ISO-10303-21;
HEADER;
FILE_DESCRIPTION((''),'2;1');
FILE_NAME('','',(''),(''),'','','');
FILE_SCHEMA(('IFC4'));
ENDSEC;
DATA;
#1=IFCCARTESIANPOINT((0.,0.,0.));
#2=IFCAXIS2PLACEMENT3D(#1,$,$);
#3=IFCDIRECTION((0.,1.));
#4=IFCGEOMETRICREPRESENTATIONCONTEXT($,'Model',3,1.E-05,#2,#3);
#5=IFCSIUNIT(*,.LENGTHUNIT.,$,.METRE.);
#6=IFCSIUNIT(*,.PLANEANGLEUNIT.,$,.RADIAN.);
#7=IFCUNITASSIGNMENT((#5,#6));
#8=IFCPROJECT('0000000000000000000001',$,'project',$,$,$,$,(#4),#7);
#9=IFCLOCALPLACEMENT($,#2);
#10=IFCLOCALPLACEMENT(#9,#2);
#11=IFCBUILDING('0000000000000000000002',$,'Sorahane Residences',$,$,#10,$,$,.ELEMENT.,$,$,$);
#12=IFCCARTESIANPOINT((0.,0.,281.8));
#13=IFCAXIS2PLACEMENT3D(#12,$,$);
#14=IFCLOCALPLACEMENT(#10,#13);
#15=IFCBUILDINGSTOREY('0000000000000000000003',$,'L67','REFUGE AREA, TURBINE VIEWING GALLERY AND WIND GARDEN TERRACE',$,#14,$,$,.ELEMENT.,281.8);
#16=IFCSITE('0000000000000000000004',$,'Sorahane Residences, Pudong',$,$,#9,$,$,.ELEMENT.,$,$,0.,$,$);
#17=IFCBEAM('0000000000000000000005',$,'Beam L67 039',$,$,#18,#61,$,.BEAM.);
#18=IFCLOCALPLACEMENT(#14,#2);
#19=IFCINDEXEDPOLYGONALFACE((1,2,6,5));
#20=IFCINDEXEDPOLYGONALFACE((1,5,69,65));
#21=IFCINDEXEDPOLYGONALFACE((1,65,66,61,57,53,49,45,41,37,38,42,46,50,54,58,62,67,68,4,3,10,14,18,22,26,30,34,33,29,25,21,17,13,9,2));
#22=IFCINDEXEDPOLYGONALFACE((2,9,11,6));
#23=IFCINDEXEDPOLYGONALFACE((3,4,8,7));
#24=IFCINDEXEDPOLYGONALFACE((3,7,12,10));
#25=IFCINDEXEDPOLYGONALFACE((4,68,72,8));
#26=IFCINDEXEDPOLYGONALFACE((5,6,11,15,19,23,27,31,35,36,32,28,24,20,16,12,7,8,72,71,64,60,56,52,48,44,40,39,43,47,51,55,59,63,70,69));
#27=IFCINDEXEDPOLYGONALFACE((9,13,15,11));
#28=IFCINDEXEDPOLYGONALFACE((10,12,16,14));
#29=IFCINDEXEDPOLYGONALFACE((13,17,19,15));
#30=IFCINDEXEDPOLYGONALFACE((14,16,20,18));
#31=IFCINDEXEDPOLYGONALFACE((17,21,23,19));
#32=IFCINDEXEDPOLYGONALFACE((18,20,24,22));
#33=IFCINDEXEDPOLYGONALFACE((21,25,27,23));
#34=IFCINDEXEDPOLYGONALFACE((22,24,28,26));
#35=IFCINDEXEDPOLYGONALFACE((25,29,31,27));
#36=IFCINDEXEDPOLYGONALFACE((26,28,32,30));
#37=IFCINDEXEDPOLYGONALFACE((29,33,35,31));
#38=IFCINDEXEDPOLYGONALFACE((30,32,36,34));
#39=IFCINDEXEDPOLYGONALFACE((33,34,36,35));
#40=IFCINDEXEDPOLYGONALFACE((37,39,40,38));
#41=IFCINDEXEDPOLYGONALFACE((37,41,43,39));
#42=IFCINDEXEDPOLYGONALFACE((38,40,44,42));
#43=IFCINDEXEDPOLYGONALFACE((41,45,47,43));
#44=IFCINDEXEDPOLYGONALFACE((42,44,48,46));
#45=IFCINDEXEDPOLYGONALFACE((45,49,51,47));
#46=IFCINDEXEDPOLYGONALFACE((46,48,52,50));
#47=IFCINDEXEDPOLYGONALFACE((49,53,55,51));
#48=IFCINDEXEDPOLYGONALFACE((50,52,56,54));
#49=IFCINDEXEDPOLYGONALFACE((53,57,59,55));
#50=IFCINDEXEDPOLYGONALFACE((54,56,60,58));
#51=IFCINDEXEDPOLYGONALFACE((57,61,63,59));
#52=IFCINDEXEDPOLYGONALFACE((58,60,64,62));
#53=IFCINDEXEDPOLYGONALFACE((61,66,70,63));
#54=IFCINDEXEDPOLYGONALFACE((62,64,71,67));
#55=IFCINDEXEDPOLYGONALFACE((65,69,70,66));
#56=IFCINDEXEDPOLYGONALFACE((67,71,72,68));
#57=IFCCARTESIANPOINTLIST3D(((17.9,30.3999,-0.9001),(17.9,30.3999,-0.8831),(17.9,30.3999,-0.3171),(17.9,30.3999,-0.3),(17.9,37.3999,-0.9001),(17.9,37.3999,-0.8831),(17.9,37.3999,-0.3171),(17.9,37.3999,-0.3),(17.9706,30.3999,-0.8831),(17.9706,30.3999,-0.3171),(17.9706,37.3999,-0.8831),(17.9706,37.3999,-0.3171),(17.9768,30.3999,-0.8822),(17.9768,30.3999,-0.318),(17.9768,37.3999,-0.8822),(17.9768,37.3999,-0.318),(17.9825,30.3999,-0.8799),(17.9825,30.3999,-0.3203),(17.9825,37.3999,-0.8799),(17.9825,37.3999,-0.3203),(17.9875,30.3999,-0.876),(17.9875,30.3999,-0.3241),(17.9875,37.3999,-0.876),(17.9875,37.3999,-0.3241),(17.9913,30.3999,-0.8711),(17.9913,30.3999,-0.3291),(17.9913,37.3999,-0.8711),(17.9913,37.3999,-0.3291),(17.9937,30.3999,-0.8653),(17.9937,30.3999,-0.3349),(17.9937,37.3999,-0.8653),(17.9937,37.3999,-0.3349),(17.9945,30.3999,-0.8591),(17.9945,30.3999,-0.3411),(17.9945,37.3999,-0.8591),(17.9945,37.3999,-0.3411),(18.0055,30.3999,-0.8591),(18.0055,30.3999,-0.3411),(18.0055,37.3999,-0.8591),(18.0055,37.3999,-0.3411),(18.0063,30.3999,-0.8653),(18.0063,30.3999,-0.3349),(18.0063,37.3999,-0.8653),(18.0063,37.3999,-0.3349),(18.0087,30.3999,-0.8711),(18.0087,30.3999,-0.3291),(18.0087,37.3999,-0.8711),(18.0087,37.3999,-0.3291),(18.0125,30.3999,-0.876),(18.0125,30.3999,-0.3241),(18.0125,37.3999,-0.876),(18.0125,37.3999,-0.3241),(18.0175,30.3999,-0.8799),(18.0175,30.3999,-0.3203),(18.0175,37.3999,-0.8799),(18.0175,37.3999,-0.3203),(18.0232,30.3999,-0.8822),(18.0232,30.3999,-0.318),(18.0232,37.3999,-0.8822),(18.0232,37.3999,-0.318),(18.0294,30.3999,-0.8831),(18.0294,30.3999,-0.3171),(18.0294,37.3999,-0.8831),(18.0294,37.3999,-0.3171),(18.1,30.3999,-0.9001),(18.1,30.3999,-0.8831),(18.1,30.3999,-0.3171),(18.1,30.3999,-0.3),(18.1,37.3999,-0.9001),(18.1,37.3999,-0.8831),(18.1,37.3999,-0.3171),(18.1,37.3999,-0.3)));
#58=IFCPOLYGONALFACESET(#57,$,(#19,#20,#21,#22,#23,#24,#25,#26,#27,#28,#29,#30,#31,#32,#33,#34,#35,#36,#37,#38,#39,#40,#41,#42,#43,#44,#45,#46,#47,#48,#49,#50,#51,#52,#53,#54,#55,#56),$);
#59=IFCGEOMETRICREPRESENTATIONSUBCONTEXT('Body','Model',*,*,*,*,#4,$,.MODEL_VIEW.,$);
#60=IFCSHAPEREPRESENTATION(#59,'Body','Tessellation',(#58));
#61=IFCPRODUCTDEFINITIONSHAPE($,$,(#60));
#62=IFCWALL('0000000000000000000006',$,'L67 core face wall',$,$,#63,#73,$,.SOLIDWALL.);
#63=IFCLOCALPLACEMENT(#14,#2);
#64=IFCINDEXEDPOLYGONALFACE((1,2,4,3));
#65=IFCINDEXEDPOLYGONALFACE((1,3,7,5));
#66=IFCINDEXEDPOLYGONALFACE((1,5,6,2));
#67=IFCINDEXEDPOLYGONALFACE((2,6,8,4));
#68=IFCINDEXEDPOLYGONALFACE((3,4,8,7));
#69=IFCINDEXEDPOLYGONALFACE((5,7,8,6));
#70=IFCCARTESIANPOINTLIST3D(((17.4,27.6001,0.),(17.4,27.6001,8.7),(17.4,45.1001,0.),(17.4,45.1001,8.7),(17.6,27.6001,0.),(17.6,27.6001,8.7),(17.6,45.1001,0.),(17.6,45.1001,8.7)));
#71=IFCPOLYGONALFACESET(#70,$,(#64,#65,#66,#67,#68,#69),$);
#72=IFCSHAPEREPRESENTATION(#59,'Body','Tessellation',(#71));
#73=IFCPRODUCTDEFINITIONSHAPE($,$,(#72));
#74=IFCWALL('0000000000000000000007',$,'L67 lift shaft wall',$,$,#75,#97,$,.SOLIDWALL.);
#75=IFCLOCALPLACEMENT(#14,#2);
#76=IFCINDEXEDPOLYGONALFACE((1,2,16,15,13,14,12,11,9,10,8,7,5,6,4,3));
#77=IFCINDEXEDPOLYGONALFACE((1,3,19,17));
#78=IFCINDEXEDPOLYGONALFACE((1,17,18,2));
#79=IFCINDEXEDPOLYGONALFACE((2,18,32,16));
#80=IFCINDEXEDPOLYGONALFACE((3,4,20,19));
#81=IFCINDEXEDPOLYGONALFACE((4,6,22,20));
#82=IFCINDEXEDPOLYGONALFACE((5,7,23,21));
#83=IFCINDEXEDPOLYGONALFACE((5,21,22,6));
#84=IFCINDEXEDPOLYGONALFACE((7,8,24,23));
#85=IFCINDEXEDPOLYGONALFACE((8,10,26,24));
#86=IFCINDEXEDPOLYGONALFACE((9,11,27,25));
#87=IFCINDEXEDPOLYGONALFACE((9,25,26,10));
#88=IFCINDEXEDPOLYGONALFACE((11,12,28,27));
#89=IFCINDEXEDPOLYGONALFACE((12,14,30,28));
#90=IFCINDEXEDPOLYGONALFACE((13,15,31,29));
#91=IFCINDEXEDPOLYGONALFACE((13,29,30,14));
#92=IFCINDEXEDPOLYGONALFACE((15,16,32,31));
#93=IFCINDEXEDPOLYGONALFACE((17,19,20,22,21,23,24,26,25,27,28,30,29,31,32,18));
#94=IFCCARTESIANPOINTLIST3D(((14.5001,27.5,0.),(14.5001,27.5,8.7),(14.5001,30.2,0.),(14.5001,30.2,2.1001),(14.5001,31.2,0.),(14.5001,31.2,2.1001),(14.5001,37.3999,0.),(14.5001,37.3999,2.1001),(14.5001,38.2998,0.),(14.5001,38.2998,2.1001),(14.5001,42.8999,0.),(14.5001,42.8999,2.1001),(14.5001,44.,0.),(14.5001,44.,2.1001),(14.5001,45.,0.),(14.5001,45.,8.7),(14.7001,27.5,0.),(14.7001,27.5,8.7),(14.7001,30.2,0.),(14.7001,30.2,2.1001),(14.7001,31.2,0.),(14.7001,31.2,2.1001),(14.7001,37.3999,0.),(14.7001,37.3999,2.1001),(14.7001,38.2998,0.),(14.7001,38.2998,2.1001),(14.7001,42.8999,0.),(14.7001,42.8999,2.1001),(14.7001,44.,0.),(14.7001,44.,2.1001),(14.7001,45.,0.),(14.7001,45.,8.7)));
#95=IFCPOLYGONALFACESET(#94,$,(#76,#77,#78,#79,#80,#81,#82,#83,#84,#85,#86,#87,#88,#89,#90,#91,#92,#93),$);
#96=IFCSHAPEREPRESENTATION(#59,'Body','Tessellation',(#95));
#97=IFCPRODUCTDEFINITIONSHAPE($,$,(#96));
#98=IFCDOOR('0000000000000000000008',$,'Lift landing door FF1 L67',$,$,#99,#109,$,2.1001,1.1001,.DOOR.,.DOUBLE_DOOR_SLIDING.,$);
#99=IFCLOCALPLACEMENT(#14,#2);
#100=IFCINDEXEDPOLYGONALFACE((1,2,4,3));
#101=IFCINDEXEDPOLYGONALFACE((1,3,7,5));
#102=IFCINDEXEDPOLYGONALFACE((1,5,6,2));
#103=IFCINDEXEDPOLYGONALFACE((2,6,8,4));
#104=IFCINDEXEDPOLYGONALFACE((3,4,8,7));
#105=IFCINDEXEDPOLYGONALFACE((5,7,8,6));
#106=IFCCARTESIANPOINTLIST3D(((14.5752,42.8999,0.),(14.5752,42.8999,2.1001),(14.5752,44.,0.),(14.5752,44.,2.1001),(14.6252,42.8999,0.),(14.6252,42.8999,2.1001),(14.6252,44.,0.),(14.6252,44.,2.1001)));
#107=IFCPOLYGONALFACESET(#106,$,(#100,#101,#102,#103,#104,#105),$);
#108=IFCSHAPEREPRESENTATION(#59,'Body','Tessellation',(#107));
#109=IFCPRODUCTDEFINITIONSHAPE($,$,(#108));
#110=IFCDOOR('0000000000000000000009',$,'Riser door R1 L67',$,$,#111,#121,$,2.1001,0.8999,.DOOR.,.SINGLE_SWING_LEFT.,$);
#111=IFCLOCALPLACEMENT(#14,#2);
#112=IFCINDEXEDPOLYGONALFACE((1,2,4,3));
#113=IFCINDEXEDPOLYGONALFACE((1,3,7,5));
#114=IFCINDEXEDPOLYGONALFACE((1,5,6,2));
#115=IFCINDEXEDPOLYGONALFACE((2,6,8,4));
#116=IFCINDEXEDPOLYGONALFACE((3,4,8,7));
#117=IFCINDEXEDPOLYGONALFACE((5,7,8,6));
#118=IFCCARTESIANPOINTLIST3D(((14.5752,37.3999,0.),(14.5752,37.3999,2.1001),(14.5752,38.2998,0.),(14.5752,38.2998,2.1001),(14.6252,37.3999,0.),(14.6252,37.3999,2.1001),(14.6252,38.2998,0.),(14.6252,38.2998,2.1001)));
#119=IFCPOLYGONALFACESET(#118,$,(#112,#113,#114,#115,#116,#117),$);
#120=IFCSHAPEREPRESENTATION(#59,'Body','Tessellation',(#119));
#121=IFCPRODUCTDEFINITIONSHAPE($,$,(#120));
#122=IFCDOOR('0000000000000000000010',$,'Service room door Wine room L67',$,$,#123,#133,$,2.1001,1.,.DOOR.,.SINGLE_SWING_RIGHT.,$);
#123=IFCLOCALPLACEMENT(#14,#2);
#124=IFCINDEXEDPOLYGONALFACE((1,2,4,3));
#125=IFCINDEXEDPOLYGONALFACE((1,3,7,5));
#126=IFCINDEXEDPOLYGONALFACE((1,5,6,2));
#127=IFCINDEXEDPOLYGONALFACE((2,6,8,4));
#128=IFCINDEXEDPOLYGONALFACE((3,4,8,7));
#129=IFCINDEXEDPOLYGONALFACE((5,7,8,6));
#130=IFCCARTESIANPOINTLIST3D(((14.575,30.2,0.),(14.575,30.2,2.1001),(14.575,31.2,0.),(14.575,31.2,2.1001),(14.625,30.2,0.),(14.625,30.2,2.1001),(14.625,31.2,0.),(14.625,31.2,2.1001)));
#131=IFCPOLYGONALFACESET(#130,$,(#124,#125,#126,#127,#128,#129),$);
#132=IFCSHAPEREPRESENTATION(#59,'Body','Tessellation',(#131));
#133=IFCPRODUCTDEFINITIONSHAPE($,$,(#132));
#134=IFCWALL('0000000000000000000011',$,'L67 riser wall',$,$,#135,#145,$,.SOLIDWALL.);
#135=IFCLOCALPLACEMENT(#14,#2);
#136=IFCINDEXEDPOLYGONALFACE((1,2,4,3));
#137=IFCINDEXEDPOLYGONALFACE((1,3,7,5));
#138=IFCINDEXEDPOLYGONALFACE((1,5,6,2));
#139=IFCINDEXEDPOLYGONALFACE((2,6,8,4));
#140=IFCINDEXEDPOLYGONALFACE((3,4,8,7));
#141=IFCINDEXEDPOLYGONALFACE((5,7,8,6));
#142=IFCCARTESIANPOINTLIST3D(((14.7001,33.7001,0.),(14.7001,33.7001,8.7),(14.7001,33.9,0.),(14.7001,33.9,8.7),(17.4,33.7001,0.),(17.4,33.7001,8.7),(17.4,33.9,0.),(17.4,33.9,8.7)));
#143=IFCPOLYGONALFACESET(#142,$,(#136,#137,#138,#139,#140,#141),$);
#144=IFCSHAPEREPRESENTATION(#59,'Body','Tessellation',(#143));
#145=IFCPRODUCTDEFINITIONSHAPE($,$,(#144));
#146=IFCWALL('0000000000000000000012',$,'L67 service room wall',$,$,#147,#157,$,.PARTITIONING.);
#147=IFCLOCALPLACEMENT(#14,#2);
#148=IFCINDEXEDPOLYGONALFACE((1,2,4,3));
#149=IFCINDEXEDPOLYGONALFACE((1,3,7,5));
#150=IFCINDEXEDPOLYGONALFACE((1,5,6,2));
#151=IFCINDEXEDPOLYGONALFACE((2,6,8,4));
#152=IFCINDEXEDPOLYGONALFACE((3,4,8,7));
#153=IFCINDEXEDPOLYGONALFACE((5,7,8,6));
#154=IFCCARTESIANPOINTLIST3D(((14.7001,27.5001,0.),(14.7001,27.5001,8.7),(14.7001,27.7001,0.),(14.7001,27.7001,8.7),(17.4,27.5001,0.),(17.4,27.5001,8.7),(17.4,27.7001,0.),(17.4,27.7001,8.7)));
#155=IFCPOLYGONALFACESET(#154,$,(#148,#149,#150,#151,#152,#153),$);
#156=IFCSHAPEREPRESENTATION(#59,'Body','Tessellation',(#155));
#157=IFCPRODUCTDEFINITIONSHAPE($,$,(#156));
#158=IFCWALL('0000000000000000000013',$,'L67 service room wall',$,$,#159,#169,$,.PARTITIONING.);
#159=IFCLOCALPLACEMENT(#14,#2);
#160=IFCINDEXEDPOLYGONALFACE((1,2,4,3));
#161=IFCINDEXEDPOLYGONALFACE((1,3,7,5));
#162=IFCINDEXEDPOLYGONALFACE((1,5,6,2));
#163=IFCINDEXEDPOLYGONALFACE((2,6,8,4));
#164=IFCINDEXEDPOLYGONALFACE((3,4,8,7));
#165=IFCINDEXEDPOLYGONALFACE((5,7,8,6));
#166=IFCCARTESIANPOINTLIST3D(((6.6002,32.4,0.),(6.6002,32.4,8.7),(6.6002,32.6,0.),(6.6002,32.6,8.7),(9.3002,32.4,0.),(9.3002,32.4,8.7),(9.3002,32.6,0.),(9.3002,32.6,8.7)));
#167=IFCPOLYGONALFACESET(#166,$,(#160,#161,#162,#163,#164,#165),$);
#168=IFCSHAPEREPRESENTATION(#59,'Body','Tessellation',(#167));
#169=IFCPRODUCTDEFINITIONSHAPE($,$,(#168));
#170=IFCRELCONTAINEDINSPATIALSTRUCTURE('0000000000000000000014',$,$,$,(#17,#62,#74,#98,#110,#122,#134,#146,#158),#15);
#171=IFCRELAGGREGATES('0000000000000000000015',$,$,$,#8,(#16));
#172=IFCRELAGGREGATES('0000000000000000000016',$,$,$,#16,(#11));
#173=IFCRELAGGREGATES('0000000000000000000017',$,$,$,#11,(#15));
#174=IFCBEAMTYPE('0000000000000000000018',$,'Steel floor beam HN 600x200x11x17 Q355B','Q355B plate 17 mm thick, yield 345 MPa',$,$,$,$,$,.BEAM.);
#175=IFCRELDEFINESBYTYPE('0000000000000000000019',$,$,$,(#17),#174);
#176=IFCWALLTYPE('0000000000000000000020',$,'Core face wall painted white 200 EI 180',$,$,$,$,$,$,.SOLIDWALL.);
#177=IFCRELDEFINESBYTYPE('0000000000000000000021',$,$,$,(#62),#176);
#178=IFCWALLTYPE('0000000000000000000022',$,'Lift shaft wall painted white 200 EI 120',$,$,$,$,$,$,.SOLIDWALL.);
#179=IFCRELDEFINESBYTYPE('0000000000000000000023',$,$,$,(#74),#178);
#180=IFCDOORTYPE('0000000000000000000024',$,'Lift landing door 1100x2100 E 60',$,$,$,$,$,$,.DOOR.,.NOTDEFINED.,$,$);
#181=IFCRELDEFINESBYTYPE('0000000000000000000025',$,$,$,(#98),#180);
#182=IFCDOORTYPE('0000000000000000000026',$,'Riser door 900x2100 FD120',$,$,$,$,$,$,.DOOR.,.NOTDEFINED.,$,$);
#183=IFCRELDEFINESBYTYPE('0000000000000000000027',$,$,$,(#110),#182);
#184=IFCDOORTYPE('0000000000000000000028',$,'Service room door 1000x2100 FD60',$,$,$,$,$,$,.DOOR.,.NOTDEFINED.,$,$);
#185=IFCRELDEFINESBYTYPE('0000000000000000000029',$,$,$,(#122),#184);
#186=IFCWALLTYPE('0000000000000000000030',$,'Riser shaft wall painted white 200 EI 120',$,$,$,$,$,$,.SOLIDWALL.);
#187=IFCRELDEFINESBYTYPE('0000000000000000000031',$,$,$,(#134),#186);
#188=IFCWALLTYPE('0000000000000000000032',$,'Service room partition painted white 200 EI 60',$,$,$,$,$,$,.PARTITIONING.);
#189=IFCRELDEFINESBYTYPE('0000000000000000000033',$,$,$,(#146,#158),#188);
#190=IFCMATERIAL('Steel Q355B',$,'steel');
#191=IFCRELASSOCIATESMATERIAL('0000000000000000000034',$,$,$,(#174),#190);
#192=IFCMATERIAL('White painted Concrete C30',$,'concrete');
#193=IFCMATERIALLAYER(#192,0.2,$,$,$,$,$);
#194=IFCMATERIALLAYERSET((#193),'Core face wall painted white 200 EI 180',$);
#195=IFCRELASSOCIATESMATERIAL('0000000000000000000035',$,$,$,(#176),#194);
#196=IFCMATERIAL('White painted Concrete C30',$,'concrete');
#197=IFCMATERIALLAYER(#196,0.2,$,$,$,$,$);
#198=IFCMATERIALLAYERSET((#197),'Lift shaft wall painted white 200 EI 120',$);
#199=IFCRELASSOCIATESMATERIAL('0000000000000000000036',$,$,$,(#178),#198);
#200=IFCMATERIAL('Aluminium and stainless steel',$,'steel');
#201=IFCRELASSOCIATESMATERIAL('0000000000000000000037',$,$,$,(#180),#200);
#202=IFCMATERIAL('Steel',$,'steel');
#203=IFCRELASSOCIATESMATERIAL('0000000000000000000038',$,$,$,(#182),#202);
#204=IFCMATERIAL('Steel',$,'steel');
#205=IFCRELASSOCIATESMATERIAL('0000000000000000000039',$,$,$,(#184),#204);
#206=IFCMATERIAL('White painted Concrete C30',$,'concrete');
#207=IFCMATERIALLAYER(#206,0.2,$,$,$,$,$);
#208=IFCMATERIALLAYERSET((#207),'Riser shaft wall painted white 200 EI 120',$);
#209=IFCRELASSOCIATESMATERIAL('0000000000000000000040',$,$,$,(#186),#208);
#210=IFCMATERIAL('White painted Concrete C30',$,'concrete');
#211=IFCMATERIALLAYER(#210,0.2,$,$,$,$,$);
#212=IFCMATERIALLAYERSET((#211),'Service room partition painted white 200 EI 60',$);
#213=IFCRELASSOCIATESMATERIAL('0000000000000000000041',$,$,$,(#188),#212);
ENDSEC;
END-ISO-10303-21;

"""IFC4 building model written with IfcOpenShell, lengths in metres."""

from ifc_helpers import new_model, si_unit, direction, frame, frame_2d, origin, origin_2d, place, context, subcontext, project, spatial, rectangle, i_section, extrude, material, layer, layer_set, material_profile, profile_set, type_object, element, fill, save


model = new_model("IFC4")

# Units and contexts
model_context = context("Model", 3, precision=1e-05, world=origin(), true_north=direction((0.0, 1.0)))
body_context = subcontext(model_context, "Body", "Model", "MODEL_VIEW")
ifc_project = project(units=[si_unit("LENGTHUNIT", "METRE"), si_unit("PLANEANGLEUNIT", "RADIAN")], contexts=[model_context])

# Site, building, storey
site_placement = place(None, origin())
site = spatial("IfcSite", under=ifc_project, at=site_placement, Name="Sorahane Residences, Pudong", CompositionType="ELEMENT", RefElevation=0.0)
building_placement = place(site_placement, origin())
building = spatial("IfcBuilding", under=site, at=building_placement, Name="Sorahane Residences", CompositionType="ELEMENT")
storey_placement = place(building_placement, frame((0.0, 0.0, 281.8)))
storey = spatial("IfcBuildingStorey", under=building, at=storey_placement, Name="L67", Description="REFUGE AREA, TURBINE VIEWING GALLERY AND WIND GARDEN TERRACE", CompositionType="ELEMENT", Elevation=281.8)

# Beam
ifc_material_1 = material(Name="Steel Q355B", Category="steel")
ifc_material_profile_1 = material_profile(ifc_material_1, i_section(OverallWidth=0.2, OverallDepth=0.6001, WebThickness=0.011, FlangeThickness=0.0171, FilletRadius=0.0239, at=origin_2d()), Name="HN 600x200x11x17")
ifc_profile_set_1 = profile_set([ifc_material_profile_1], Name="Steel Q355B")
beam_type_1 = type_object("IfcBeamType", Name="Steel floor beam HN 600x200x11x17 Q355B", Description="Q355B plate 17 mm thick, yield 345 MPa", PredefinedType="BEAM", material=ifc_profile_set_1)
for number, where, z_axis, x_axis, name in (
    (1, (18.0, 30.3999, -0.6001), (0.0, 1.0, 0.0), (-1.0, 0.0, 0.0), "Beam L67 039"),
):
    element("IfcBeam", number, at=place(storey_placement, frame(where, z_axis=z_axis, x_axis=x_axis)), inside=storey, type_object=beam_type_1, Name=name, PredefinedType="BEAM", context=body_context, shape_type="SweptSolid", body=[
        extrude(i_section(OverallWidth=0.2, OverallDepth=0.6001, WebThickness=0.011, FlangeThickness=0.0171, FilletRadius=0.0239, at=origin_2d()), origin(), (0.0, 0.0, 1.0), 7.0),
    ])

# Wall
ifc_material_2 = material(Name="White painted Concrete C30", Category="concrete")
ifc_layer_1 = layer(ifc_material_2, 0.2)
ifc_layer_set_1 = layer_set([ifc_layer_1], Name="Core face wall painted white 200 EI 180")
wall_type_1 = type_object("IfcWallType", Name="Core face wall painted white 200 EI 180", PredefinedType="SOLIDWALL", material=ifc_layer_set_1)
wall_1_placement = place(storey_placement, frame((17.5, 27.6001, 0.0), z_axis=(0.0, 0.0, 1.0), x_axis=(0.0, 1.0, 0.0)))
element("IfcWall", 2, at=wall_1_placement, inside=storey, type_object=wall_type_1, Name="L67 core face wall", PredefinedType="SOLIDWALL", context=body_context, shape_type="SweptSolid", body=[
    extrude(rectangle(XDim=17.5, YDim=0.2, at=frame_2d((8.75, 0.0))), origin(), (0.0, 0.0, 1.0), 8.7),
])

# Wall, openings, doors
ifc_material_3 = material(Name="White painted Concrete C30", Category="concrete")
ifc_layer_2 = layer(ifc_material_3, 0.2)
ifc_layer_set_2 = layer_set([ifc_layer_2], Name="Lift shaft wall painted white 200 EI 120")
wall_type_2 = type_object("IfcWallType", Name="Lift shaft wall painted white 200 EI 120", PredefinedType="SOLIDWALL", material=ifc_layer_set_2)
wall_2_placement = place(storey_placement, frame((14.6001, 27.5, 0.0), z_axis=(0.0, 0.0, 1.0), x_axis=(0.0, 1.0, 0.0)))
wall_2 = element("IfcWall", 3, at=wall_2_placement, inside=storey, type_object=wall_type_2, Name="L67 lift shaft wall", PredefinedType="SOLIDWALL", context=body_context, shape_type="SweptSolid", body=[
    extrude(rectangle(XDim=17.5, YDim=0.2, at=frame_2d((8.75, 0.0))), origin(), (0.0, 0.0, 1.0), 8.7),
])
opening_1_placement = place(wall_2_placement, frame((15.3999, 0.0, 0.0)))
opening_1 = element("IfcOpeningElement", 4, at=opening_1_placement, cuts=wall_2, PredefinedType="OPENING", context=body_context, shape_type="SweptSolid", body=[
    extrude(rectangle(XDim=1.1001, YDim=2.1001, at=frame_2d((0.55, 1.05))), frame((0.0, 0.1099, 0.0), z_axis=(0.0, -1.0, 0.0), x_axis=(1.0, 0.0, 0.0)), (0.0, 0.0, 1.0), 0.22),
])
opening_2_placement = place(wall_2_placement, frame((2.7, 0.0, 0.0)))
opening_2 = element("IfcOpeningElement", 5, at=opening_2_placement, cuts=wall_2, PredefinedType="OPENING", context=body_context, shape_type="SweptSolid", body=[
    extrude(rectangle(XDim=1.0, YDim=2.1001, at=frame_2d((0.5, 1.05))), frame((0.0, 0.1099, 0.0), z_axis=(0.0, -1.0, 0.0), x_axis=(1.0, 0.0, 0.0)), (0.0, 0.0, 1.0), 0.22),
])
opening_3_placement = place(wall_2_placement, frame((9.8999, 0.0, 0.0)))
opening_3 = element("IfcOpeningElement", 6, at=opening_3_placement, cuts=wall_2, PredefinedType="OPENING", context=body_context, shape_type="SweptSolid", body=[
    extrude(rectangle(XDim=0.8999, YDim=2.1001, at=frame_2d((0.45, 1.05))), frame((0.0, 0.1099, 0.0), z_axis=(0.0, -1.0, 0.0), x_axis=(1.0, 0.0, 0.0)), (0.0, 0.0, 1.0), 0.22),
])
ifc_material_4 = material(Name="Aluminium and stainless steel", Category="steel")
door_type_1 = type_object("IfcDoorType", Name="Lift landing door 1100x2100 E 60", OperationType="NOTDEFINED", PredefinedType="DOOR", material=ifc_material_4)
door_1_placement = place(opening_1_placement, origin())
door_1 = element("IfcDoor", 7, at=door_1_placement, inside=storey, type_object=door_type_1, Name="Lift landing door FF1 L67", OperationType="DOUBLE_DOOR_SLIDING", OverallHeight=2.1001, OverallWidth=1.1001, PredefinedType="DOOR", context=body_context, shape_type="SweptSolid", body=[
    extrude(rectangle(XDim=1.1001, YDim=2.1001, at=frame_2d((0.55, 1.05))), frame((0.0, 0.0249, 0.0), z_axis=(0.0, -1.0, 0.0), x_axis=(1.0, 0.0, 0.0)), (0.0, 0.0, 1.0), 0.05),
])
fill(opening_1, door_1)
ifc_material_5 = material(Name="Steel", Category="steel")
door_type_2 = type_object("IfcDoorType", Name="Riser door 900x2100 FD120", OperationType="NOTDEFINED", PredefinedType="DOOR", material=ifc_material_5)
door_2_placement = place(opening_3_placement, origin())
door_2 = element("IfcDoor", 8, at=door_2_placement, inside=storey, type_object=door_type_2, Name="Riser door R1 L67", OperationType="SINGLE_SWING_LEFT", OverallHeight=2.1001, OverallWidth=0.8999, PredefinedType="DOOR", context=body_context, shape_type="SweptSolid", body=[
    extrude(rectangle(XDim=0.8999, YDim=2.1001, at=frame_2d((0.45, 1.05))), frame((0.0, 0.0249, 0.0), z_axis=(0.0, -1.0, 0.0), x_axis=(1.0, 0.0, 0.0)), (0.0, 0.0, 1.0), 0.05),
])
fill(opening_3, door_2)
ifc_material_6 = material(Name="Steel", Category="steel")
door_type_3 = type_object("IfcDoorType", Name="Service room door 1000x2100 FD60", OperationType="NOTDEFINED", PredefinedType="DOOR", material=ifc_material_6)
door_3_placement = place(opening_2_placement, frame((1.0, 0.0, 0.0), z_axis=(0.0, 0.0, 1.0), x_axis=(-1.0, 0.0, 0.0)))
door_3 = element("IfcDoor", 9, at=door_3_placement, inside=storey, type_object=door_type_3, Name="Service room door Wine room L67", OperationType="SINGLE_SWING_RIGHT", OverallHeight=2.1001, OverallWidth=1.0, PredefinedType="DOOR", context=body_context, shape_type="SweptSolid", body=[
    extrude(rectangle(XDim=1.0, YDim=2.1001, at=frame_2d((0.5, 1.05))), frame((0.0, 0.0249, 0.0), z_axis=(0.0, -1.0, 0.0), x_axis=(1.0, 0.0, 0.0)), (0.0, 0.0, 1.0), 0.05),
])
fill(opening_2, door_3)

# Walls
ifc_material_7 = material(Name="White painted Concrete C30", Category="concrete")
ifc_layer_3 = layer(ifc_material_7, 0.2)
ifc_layer_set_3 = layer_set([ifc_layer_3], Name="Riser shaft wall painted white 200 EI 120")
wall_type_3 = type_object("IfcWallType", Name="Riser shaft wall painted white 200 EI 120", PredefinedType="SOLIDWALL", material=ifc_layer_set_3)
wall_3_placement = place(storey_placement, frame((14.7, 33.8, 0.0), z_axis=(0.0, 0.0, 1.0), x_axis=(1.0, 0.0, 0.0)))
element("IfcWall", 10, at=wall_3_placement, inside=storey, type_object=wall_type_3, Name="L67 riser wall", PredefinedType="SOLIDWALL", context=body_context, shape_type="SweptSolid", body=[
    extrude(rectangle(XDim=2.7, YDim=0.2, at=frame_2d((1.3501, 0.0))), origin(), (0.0, 0.0, 1.0), 8.7),
])
ifc_material_8 = material(Name="White painted Concrete C30", Category="concrete")
ifc_layer_4 = layer(ifc_material_8, 0.2)
ifc_layer_set_4 = layer_set([ifc_layer_4], Name="Service room partition painted white 200 EI 60")
wall_type_4 = type_object("IfcWallType", Name="Service room partition painted white 200 EI 60", PredefinedType="PARTITIONING", material=ifc_layer_set_4)
for number, where, z_axis, x_axis, name in (
    (11, (14.7, 27.6001, 0.0), (0.0, 0.0, 1.0), (1.0, 0.0, 0.0), "L67 service room wall"),
    (12, (6.6001, 32.5, 0.0), (0.0, 0.0, 1.0), (1.0, 0.0, 0.0), "L67 service room wall"),
):
    element("IfcWall", number, at=place(storey_placement, frame(where, z_axis=z_axis, x_axis=x_axis)), inside=storey, type_object=wall_type_4, Name=name, PredefinedType="PARTITIONING", context=body_context, shape_type="SweptSolid", body=[
        extrude(rectangle(XDim=2.7, YDim=0.2, at=frame_2d((1.3501, 0.0))), origin(), (0.0, 0.0, 1.0), 8.7),
    ])

save(model, "model.ifc")
